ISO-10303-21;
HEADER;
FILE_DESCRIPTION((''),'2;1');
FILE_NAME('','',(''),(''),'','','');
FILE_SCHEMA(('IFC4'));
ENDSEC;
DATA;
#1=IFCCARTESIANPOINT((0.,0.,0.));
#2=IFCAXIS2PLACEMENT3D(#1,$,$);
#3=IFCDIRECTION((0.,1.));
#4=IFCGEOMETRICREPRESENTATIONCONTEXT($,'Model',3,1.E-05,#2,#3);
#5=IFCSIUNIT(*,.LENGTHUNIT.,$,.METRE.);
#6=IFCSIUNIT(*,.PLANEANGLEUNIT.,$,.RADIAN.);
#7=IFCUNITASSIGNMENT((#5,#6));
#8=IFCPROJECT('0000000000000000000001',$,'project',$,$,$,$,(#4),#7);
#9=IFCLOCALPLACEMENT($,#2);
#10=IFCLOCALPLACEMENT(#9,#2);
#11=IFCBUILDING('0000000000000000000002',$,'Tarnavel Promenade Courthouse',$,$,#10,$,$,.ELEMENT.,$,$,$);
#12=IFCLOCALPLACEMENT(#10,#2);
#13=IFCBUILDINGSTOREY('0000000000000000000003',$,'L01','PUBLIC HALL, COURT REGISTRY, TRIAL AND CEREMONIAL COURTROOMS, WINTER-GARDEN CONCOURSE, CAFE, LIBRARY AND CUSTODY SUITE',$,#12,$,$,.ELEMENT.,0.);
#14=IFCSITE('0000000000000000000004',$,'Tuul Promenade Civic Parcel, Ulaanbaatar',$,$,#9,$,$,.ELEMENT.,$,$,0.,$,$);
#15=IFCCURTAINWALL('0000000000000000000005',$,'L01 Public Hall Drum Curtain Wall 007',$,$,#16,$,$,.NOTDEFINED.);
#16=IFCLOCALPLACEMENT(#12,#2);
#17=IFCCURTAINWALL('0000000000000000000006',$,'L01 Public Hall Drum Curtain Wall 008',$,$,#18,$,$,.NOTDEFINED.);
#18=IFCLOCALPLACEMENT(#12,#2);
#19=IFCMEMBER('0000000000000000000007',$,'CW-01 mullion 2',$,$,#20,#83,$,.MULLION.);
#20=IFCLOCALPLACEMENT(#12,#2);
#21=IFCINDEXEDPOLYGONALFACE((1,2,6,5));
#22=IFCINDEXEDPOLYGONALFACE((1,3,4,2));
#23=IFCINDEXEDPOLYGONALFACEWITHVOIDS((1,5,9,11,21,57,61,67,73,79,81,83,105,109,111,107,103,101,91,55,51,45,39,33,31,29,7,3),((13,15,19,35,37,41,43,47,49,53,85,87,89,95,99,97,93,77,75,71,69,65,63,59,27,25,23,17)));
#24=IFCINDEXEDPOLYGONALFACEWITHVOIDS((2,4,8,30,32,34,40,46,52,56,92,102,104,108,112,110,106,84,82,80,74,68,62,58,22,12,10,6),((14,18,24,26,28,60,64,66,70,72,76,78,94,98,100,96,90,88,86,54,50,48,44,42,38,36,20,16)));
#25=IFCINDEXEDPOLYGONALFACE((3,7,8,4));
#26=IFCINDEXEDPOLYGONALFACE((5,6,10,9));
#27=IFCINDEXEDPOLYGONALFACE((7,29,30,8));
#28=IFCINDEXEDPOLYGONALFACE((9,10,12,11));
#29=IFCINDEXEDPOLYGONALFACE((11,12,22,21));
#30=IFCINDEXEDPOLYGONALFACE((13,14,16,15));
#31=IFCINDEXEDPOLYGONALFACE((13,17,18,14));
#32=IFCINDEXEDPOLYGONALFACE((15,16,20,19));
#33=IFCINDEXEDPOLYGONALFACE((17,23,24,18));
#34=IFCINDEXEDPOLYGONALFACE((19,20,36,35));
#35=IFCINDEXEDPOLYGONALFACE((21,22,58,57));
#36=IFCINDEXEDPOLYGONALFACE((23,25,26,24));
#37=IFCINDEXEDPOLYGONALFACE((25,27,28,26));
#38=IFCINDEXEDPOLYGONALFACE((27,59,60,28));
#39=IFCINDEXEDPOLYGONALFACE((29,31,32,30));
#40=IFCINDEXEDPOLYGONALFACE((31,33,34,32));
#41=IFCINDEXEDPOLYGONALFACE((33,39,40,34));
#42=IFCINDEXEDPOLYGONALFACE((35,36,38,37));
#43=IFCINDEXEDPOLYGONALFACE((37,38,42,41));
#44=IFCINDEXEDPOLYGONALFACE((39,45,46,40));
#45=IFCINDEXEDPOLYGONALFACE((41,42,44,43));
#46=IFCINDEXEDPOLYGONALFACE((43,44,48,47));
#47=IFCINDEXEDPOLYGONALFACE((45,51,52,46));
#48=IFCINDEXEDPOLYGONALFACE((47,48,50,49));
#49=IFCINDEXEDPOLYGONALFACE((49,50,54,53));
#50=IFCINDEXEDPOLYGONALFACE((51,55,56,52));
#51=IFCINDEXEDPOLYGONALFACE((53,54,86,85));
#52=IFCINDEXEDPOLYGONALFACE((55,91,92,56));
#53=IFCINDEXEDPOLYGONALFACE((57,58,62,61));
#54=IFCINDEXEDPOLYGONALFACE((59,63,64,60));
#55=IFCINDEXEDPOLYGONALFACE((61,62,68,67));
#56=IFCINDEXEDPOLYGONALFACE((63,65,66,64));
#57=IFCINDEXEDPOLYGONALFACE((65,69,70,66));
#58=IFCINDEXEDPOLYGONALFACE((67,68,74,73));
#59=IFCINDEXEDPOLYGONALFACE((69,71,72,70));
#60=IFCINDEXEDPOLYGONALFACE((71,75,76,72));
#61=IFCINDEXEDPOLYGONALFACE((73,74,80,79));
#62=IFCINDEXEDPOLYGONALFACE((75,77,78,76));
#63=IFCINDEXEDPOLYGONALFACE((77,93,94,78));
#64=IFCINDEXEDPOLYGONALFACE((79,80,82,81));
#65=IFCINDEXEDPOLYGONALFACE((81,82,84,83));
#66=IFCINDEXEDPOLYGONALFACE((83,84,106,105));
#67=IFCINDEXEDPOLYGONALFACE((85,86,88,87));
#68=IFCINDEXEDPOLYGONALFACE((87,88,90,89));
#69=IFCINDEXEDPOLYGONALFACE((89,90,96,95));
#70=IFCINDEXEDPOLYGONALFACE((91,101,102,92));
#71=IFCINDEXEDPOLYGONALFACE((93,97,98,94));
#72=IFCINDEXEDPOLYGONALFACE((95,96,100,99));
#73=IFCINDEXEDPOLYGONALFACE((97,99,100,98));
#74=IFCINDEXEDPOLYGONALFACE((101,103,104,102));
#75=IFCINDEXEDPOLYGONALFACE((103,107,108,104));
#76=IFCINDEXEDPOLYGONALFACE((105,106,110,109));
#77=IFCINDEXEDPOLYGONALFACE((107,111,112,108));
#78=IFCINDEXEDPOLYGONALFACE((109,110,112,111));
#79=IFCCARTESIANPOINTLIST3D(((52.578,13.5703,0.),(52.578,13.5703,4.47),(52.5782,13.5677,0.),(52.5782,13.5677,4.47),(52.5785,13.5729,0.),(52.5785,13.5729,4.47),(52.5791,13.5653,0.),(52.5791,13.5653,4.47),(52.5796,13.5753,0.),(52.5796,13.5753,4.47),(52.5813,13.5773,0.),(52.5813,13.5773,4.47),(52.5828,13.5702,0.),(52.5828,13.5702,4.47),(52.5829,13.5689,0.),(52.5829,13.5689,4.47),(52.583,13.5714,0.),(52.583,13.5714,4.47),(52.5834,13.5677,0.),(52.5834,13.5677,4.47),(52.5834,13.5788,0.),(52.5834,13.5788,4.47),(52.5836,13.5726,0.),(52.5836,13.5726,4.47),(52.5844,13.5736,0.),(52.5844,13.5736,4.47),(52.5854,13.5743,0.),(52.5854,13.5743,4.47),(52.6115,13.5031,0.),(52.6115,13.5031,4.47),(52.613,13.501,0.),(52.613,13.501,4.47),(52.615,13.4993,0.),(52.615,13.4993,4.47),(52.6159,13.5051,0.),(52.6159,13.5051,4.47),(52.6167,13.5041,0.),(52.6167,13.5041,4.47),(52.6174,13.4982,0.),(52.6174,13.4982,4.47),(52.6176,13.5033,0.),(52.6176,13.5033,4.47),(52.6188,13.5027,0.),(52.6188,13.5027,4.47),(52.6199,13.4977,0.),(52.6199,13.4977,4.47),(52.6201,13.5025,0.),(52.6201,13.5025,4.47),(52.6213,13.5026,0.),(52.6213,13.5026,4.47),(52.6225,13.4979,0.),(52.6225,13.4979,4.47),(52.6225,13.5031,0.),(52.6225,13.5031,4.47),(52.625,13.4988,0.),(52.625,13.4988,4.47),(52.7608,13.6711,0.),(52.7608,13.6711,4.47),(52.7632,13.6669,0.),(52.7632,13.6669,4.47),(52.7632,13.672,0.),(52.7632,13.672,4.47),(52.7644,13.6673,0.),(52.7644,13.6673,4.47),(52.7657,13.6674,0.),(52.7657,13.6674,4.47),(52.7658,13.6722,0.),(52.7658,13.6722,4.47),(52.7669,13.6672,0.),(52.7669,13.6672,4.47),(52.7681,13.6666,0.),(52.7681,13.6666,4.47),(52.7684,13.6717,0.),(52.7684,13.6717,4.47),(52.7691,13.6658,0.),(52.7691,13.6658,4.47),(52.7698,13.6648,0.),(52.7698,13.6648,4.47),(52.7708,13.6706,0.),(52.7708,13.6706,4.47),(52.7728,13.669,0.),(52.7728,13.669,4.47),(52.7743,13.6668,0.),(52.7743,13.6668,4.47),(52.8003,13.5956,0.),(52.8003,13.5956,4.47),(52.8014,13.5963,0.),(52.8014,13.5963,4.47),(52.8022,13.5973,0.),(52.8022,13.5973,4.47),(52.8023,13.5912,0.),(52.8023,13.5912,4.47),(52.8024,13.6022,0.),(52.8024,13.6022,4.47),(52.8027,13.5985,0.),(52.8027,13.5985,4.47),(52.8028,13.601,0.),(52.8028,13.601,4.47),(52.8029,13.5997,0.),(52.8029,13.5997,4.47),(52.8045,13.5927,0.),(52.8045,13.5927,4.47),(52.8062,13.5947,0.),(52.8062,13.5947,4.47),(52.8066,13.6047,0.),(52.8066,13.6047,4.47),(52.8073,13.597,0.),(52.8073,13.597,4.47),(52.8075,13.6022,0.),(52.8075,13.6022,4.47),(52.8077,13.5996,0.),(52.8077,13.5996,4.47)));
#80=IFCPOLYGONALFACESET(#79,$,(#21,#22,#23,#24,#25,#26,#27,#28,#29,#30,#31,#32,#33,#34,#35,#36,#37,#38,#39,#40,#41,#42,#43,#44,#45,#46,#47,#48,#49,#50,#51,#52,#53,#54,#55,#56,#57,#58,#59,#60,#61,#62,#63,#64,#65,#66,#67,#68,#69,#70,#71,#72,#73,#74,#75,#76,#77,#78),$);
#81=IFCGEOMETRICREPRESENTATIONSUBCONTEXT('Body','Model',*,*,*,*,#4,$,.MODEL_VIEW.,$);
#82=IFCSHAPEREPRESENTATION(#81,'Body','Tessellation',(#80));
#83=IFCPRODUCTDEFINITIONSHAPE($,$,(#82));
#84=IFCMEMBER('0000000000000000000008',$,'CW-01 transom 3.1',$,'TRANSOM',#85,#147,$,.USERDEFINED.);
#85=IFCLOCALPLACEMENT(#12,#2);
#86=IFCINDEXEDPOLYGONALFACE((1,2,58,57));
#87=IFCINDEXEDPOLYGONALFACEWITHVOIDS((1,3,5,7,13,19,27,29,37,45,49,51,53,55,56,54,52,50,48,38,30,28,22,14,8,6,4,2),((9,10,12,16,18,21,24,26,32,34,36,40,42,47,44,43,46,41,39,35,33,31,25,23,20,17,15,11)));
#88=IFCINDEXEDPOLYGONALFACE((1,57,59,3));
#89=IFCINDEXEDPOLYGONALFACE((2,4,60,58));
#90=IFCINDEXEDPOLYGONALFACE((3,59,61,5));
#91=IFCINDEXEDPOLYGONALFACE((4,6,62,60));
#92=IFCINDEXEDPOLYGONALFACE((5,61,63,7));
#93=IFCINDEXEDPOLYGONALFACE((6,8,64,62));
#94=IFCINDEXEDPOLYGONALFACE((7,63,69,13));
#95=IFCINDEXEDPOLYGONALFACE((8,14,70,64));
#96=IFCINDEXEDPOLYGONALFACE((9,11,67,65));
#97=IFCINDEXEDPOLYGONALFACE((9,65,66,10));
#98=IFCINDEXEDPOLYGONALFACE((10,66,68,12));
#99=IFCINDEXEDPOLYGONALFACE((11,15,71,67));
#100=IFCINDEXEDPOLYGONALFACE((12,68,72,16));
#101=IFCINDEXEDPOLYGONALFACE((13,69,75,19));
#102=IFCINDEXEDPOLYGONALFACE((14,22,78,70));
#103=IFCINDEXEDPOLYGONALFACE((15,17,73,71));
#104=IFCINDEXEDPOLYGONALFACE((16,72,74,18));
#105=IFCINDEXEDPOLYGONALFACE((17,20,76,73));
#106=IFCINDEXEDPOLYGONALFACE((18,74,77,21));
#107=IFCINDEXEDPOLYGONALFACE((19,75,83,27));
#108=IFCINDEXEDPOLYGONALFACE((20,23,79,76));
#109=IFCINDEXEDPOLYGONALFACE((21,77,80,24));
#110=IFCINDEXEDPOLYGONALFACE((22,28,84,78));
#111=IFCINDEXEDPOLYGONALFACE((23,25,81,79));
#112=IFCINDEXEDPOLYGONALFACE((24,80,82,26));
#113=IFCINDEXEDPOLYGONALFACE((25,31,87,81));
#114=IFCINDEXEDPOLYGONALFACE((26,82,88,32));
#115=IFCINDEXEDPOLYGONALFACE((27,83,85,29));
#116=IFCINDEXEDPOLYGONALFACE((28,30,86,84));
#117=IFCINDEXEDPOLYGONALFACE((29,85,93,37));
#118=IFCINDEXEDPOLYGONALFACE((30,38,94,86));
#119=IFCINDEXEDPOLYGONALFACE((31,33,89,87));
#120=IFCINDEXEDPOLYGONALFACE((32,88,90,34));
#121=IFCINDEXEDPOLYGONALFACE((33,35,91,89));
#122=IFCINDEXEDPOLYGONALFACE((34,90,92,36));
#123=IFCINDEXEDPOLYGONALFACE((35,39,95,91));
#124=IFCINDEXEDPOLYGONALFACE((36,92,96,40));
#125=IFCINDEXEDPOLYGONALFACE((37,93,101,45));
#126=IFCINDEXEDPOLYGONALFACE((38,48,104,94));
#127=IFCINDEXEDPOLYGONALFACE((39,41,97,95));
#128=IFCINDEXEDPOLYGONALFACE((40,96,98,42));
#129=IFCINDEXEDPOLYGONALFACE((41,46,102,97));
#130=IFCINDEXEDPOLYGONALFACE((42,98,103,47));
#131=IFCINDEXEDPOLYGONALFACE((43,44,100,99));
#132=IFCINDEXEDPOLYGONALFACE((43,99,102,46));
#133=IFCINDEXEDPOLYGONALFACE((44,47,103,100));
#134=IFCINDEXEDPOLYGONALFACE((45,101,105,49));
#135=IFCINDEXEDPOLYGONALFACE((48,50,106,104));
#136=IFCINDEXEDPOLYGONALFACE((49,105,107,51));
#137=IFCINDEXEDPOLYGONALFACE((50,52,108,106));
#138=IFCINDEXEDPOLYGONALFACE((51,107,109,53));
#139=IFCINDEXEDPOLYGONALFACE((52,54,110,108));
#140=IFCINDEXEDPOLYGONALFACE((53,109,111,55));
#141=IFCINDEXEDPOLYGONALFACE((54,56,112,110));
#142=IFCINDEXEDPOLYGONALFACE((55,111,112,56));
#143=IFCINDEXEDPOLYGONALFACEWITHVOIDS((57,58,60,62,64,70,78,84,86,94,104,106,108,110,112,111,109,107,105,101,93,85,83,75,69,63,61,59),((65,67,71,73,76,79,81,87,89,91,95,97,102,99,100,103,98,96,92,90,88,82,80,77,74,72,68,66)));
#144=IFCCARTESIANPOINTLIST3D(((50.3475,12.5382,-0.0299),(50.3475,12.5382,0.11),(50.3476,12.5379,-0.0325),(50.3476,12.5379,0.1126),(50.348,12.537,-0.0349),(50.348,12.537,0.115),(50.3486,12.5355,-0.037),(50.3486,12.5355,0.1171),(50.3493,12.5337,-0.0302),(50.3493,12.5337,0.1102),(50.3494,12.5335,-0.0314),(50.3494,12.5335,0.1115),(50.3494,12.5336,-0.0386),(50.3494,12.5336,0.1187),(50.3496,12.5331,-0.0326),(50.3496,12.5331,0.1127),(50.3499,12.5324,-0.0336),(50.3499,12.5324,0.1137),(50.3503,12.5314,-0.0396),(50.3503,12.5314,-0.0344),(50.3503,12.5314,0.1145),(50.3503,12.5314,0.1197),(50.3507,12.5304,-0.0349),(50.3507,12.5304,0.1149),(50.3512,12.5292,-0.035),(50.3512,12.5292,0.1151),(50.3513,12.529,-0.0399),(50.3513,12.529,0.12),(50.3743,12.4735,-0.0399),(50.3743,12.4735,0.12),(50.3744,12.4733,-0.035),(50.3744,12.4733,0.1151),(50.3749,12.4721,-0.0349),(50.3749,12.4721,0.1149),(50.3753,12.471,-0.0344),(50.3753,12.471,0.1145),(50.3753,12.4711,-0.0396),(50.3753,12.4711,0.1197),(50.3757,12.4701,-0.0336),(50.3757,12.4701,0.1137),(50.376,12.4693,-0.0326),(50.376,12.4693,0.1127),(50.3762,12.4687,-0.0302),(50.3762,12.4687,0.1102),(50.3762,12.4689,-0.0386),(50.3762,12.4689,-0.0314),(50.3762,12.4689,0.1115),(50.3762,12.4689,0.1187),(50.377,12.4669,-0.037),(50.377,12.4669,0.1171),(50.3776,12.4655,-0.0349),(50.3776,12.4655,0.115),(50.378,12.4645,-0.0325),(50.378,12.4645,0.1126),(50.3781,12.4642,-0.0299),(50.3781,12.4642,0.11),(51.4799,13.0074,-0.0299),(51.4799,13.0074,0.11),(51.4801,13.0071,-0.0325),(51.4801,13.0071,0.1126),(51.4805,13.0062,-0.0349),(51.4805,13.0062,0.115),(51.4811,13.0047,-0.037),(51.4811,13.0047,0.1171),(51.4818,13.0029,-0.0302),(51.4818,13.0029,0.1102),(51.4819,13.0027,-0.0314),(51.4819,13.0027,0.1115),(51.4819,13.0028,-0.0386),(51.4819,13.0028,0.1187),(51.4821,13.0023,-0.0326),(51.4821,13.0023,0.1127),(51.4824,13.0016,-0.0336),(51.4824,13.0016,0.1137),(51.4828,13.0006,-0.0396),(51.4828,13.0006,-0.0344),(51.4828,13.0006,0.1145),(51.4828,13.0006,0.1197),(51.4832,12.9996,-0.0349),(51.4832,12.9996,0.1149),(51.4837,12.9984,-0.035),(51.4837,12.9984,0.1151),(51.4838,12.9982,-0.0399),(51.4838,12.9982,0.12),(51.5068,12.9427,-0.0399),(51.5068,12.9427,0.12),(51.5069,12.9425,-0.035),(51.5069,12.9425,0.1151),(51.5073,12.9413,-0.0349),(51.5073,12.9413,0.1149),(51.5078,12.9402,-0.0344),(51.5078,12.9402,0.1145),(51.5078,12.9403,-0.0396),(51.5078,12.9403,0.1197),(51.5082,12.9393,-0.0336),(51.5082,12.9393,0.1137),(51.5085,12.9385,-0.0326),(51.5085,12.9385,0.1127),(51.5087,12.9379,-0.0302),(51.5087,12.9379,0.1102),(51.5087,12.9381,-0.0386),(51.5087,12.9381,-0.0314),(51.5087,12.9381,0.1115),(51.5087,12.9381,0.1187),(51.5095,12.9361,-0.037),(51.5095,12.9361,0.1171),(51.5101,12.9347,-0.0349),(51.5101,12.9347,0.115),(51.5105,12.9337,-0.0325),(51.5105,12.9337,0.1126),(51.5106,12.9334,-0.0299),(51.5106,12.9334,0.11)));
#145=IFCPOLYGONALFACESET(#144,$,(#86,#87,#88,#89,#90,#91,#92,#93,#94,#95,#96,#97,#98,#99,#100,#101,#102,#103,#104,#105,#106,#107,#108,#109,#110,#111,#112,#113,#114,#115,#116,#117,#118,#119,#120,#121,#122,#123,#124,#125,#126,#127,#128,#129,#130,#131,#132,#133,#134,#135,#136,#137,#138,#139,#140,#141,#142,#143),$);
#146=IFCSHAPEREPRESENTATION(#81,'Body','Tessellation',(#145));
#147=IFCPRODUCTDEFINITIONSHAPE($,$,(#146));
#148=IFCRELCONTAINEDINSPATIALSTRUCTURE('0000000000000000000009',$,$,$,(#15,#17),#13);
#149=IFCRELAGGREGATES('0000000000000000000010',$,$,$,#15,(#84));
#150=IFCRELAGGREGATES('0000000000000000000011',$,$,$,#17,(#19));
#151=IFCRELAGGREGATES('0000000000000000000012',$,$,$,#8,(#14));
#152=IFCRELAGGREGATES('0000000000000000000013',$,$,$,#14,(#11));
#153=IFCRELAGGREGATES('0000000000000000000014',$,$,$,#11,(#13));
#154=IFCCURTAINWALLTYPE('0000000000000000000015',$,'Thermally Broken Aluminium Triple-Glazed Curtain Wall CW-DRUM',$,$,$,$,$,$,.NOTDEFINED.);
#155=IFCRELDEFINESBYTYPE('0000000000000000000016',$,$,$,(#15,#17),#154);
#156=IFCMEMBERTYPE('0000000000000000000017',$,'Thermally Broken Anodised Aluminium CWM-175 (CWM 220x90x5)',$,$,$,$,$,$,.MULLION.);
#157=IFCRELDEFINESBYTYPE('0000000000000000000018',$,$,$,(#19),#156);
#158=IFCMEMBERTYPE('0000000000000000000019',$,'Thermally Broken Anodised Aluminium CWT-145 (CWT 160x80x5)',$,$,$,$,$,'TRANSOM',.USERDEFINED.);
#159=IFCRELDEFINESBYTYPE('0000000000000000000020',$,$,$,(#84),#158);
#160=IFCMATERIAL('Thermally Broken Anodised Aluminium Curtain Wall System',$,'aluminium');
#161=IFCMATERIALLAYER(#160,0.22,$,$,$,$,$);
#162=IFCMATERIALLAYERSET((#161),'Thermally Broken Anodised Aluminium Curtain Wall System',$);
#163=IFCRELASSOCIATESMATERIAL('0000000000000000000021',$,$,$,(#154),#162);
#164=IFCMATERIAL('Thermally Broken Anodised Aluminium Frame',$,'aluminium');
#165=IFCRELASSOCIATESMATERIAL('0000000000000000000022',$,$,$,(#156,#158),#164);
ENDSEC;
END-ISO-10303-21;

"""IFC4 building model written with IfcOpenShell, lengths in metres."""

from ifc_helpers import new_model, si_unit, direction, frame, origin, origin_2d, place, context, subcontext, project, spatial, hollow_rectangle, extrude, material, layer, layer_set, material_profile, profile_set, type_object, element, aggregate, save


model = new_model("IFC4")

# Units and contexts
model_context = context("Model", 3, precision=1e-05, world=origin(), true_north=direction((0.0, 1.0)))
body_context = subcontext(model_context, "Body", "Model", "MODEL_VIEW")
ifc_project = project(units=[si_unit("LENGTHUNIT", "METRE"), si_unit("PLANEANGLEUNIT", "RADIAN")], contexts=[model_context])

# Site, building, storey
site_placement = place(None, origin())
site = spatial("IfcSite", under=ifc_project, at=site_placement, Name="Tuul Promenade Civic Parcel, Ulaanbaatar", CompositionType="ELEMENT", RefElevation=0.0)
building_placement = place(site_placement, origin())
building = spatial("IfcBuilding", under=site, at=building_placement, Name="Tarnavel Promenade Courthouse", CompositionType="ELEMENT")
storey_placement = place(building_placement, origin())
storey = spatial("IfcBuildingStorey", under=building, at=storey_placement, Name="L01", Description="PUBLIC HALL, COURT REGISTRY, TRIAL AND CEREMONIAL COURTROOMS, WINTER-GARDEN CONCOURSE, CAFE, LIBRARY AND CUSTODY SUITE", CompositionType="ELEMENT", Elevation=0.0)

# Curtain wall
ifc_material_1 = material(Name="Thermally Broken Anodised Aluminium Curtain Wall System", Category="aluminium")
ifc_layer_1 = layer(ifc_material_1, 0.22)
ifc_layer_set_1 = layer_set([ifc_layer_1], Name="Thermally Broken Anodised Aluminium Curtain Wall System")
curtain_wall_type = type_object("IfcCurtainWallType", Name="Thermally Broken Aluminium Triple-Glazed Curtain Wall CW-DRUM", PredefinedType="NOTDEFINED", material=ifc_layer_set_1)
curtain_wall_1_placement = place(storey_placement, origin())
curtain_wall_1 = element("IfcCurtainWall", 1, at=curtain_wall_1_placement, inside=storey, type_object=curtain_wall_type, Name="L01 Public Hall Drum Curtain Wall 007", PredefinedType="NOTDEFINED")
ifc_material_2 = material(Name="Thermally Broken Anodised Aluminium Frame", Category="aluminium")
ifc_material_profile_1 = material_profile(ifc_material_2, hollow_rectangle(XDim=0.0901, YDim=0.22, WallThickness=0.0049, InnerFilletRadius=0.0049, OuterFilletRadius=0.01, at=origin_2d()), Name="CWM 220x90x5")
ifc_profile_set_1 = profile_set([ifc_material_profile_1], Name="Thermally Broken Anodised Aluminium Frame")
member_type_1 = type_object("IfcMemberType", Name="Thermally Broken Anodised Aluminium CWM-175 (CWM 220x90x5)", PredefinedType="MULLION", material=ifc_profile_set_1)

# Curtain wall, member
curtain_wall_2_placement = place(storey_placement, origin())
curtain_wall_2 = element("IfcCurtainWall", 2, at=curtain_wall_2_placement, inside=storey, type_object=curtain_wall_type, Name="L01 Public Hall Drum Curtain Wall 008", PredefinedType="NOTDEFINED")
member_1_placement = place(storey_placement, frame((52.6929, 13.585, 0.0), z_axis=(0.0, 0.0, 1.0), x_axis=(-0.461747, 0.887012, 0.0)))
member_1 = element("IfcMember", 3, at=member_1_placement, type_object=member_type_1, Name="CW-01 mullion 2", PredefinedType="MULLION", context=body_context, shape_type="SweptSolid", body=[
    extrude(hollow_rectangle(XDim=0.0901, YDim=0.22, WallThickness=0.0049, InnerFilletRadius=0.0049, OuterFilletRadius=0.01, at=origin_2d()), origin(), (0.0, 0.0, 1.0), 4.47),
])

# Member
ifc_material_profile_2 = material_profile(ifc_material_2, hollow_rectangle(XDim=0.0801, YDim=0.1599, WallThickness=0.0049, InnerFilletRadius=0.0049, OuterFilletRadius=0.01, at=origin_2d()), Name="CWT 160x80x5")
ifc_profile_set_2 = profile_set([ifc_material_profile_2], Name="Thermally Broken Anodised Aluminium Frame")
member_type_2 = type_object("IfcMemberType", Name="Thermally Broken Anodised Aluminium CWT-145 (CWT 160x80x5)", ElementType="TRANSOM", PredefinedType="USERDEFINED", material=ifc_profile_set_2)
member_2_placement = place(storey_placement, frame((50.3628, 12.5012, 0.04), z_axis=(0.923847, 0.382762, 0.0), x_axis=(-0.382762, 0.923847, 0.0)))
member_2 = element("IfcMember", 4, at=member_2_placement, type_object=member_type_2, Name="CW-01 transom 3.1", ObjectType="TRANSOM", PredefinedType="USERDEFINED", context=body_context, shape_type="SweptSolid", body=[
    extrude(hollow_rectangle(XDim=0.0801, YDim=0.1599, WallThickness=0.0049, InnerFilletRadius=0.0049, OuterFilletRadius=0.01, at=origin_2d()), origin(), (0.0, 0.0, 1.0), 1.2258),
])

aggregate(curtain_wall_1, [member_2])
aggregate(curtain_wall_2, [member_1])

save(model, "model.ifc")
